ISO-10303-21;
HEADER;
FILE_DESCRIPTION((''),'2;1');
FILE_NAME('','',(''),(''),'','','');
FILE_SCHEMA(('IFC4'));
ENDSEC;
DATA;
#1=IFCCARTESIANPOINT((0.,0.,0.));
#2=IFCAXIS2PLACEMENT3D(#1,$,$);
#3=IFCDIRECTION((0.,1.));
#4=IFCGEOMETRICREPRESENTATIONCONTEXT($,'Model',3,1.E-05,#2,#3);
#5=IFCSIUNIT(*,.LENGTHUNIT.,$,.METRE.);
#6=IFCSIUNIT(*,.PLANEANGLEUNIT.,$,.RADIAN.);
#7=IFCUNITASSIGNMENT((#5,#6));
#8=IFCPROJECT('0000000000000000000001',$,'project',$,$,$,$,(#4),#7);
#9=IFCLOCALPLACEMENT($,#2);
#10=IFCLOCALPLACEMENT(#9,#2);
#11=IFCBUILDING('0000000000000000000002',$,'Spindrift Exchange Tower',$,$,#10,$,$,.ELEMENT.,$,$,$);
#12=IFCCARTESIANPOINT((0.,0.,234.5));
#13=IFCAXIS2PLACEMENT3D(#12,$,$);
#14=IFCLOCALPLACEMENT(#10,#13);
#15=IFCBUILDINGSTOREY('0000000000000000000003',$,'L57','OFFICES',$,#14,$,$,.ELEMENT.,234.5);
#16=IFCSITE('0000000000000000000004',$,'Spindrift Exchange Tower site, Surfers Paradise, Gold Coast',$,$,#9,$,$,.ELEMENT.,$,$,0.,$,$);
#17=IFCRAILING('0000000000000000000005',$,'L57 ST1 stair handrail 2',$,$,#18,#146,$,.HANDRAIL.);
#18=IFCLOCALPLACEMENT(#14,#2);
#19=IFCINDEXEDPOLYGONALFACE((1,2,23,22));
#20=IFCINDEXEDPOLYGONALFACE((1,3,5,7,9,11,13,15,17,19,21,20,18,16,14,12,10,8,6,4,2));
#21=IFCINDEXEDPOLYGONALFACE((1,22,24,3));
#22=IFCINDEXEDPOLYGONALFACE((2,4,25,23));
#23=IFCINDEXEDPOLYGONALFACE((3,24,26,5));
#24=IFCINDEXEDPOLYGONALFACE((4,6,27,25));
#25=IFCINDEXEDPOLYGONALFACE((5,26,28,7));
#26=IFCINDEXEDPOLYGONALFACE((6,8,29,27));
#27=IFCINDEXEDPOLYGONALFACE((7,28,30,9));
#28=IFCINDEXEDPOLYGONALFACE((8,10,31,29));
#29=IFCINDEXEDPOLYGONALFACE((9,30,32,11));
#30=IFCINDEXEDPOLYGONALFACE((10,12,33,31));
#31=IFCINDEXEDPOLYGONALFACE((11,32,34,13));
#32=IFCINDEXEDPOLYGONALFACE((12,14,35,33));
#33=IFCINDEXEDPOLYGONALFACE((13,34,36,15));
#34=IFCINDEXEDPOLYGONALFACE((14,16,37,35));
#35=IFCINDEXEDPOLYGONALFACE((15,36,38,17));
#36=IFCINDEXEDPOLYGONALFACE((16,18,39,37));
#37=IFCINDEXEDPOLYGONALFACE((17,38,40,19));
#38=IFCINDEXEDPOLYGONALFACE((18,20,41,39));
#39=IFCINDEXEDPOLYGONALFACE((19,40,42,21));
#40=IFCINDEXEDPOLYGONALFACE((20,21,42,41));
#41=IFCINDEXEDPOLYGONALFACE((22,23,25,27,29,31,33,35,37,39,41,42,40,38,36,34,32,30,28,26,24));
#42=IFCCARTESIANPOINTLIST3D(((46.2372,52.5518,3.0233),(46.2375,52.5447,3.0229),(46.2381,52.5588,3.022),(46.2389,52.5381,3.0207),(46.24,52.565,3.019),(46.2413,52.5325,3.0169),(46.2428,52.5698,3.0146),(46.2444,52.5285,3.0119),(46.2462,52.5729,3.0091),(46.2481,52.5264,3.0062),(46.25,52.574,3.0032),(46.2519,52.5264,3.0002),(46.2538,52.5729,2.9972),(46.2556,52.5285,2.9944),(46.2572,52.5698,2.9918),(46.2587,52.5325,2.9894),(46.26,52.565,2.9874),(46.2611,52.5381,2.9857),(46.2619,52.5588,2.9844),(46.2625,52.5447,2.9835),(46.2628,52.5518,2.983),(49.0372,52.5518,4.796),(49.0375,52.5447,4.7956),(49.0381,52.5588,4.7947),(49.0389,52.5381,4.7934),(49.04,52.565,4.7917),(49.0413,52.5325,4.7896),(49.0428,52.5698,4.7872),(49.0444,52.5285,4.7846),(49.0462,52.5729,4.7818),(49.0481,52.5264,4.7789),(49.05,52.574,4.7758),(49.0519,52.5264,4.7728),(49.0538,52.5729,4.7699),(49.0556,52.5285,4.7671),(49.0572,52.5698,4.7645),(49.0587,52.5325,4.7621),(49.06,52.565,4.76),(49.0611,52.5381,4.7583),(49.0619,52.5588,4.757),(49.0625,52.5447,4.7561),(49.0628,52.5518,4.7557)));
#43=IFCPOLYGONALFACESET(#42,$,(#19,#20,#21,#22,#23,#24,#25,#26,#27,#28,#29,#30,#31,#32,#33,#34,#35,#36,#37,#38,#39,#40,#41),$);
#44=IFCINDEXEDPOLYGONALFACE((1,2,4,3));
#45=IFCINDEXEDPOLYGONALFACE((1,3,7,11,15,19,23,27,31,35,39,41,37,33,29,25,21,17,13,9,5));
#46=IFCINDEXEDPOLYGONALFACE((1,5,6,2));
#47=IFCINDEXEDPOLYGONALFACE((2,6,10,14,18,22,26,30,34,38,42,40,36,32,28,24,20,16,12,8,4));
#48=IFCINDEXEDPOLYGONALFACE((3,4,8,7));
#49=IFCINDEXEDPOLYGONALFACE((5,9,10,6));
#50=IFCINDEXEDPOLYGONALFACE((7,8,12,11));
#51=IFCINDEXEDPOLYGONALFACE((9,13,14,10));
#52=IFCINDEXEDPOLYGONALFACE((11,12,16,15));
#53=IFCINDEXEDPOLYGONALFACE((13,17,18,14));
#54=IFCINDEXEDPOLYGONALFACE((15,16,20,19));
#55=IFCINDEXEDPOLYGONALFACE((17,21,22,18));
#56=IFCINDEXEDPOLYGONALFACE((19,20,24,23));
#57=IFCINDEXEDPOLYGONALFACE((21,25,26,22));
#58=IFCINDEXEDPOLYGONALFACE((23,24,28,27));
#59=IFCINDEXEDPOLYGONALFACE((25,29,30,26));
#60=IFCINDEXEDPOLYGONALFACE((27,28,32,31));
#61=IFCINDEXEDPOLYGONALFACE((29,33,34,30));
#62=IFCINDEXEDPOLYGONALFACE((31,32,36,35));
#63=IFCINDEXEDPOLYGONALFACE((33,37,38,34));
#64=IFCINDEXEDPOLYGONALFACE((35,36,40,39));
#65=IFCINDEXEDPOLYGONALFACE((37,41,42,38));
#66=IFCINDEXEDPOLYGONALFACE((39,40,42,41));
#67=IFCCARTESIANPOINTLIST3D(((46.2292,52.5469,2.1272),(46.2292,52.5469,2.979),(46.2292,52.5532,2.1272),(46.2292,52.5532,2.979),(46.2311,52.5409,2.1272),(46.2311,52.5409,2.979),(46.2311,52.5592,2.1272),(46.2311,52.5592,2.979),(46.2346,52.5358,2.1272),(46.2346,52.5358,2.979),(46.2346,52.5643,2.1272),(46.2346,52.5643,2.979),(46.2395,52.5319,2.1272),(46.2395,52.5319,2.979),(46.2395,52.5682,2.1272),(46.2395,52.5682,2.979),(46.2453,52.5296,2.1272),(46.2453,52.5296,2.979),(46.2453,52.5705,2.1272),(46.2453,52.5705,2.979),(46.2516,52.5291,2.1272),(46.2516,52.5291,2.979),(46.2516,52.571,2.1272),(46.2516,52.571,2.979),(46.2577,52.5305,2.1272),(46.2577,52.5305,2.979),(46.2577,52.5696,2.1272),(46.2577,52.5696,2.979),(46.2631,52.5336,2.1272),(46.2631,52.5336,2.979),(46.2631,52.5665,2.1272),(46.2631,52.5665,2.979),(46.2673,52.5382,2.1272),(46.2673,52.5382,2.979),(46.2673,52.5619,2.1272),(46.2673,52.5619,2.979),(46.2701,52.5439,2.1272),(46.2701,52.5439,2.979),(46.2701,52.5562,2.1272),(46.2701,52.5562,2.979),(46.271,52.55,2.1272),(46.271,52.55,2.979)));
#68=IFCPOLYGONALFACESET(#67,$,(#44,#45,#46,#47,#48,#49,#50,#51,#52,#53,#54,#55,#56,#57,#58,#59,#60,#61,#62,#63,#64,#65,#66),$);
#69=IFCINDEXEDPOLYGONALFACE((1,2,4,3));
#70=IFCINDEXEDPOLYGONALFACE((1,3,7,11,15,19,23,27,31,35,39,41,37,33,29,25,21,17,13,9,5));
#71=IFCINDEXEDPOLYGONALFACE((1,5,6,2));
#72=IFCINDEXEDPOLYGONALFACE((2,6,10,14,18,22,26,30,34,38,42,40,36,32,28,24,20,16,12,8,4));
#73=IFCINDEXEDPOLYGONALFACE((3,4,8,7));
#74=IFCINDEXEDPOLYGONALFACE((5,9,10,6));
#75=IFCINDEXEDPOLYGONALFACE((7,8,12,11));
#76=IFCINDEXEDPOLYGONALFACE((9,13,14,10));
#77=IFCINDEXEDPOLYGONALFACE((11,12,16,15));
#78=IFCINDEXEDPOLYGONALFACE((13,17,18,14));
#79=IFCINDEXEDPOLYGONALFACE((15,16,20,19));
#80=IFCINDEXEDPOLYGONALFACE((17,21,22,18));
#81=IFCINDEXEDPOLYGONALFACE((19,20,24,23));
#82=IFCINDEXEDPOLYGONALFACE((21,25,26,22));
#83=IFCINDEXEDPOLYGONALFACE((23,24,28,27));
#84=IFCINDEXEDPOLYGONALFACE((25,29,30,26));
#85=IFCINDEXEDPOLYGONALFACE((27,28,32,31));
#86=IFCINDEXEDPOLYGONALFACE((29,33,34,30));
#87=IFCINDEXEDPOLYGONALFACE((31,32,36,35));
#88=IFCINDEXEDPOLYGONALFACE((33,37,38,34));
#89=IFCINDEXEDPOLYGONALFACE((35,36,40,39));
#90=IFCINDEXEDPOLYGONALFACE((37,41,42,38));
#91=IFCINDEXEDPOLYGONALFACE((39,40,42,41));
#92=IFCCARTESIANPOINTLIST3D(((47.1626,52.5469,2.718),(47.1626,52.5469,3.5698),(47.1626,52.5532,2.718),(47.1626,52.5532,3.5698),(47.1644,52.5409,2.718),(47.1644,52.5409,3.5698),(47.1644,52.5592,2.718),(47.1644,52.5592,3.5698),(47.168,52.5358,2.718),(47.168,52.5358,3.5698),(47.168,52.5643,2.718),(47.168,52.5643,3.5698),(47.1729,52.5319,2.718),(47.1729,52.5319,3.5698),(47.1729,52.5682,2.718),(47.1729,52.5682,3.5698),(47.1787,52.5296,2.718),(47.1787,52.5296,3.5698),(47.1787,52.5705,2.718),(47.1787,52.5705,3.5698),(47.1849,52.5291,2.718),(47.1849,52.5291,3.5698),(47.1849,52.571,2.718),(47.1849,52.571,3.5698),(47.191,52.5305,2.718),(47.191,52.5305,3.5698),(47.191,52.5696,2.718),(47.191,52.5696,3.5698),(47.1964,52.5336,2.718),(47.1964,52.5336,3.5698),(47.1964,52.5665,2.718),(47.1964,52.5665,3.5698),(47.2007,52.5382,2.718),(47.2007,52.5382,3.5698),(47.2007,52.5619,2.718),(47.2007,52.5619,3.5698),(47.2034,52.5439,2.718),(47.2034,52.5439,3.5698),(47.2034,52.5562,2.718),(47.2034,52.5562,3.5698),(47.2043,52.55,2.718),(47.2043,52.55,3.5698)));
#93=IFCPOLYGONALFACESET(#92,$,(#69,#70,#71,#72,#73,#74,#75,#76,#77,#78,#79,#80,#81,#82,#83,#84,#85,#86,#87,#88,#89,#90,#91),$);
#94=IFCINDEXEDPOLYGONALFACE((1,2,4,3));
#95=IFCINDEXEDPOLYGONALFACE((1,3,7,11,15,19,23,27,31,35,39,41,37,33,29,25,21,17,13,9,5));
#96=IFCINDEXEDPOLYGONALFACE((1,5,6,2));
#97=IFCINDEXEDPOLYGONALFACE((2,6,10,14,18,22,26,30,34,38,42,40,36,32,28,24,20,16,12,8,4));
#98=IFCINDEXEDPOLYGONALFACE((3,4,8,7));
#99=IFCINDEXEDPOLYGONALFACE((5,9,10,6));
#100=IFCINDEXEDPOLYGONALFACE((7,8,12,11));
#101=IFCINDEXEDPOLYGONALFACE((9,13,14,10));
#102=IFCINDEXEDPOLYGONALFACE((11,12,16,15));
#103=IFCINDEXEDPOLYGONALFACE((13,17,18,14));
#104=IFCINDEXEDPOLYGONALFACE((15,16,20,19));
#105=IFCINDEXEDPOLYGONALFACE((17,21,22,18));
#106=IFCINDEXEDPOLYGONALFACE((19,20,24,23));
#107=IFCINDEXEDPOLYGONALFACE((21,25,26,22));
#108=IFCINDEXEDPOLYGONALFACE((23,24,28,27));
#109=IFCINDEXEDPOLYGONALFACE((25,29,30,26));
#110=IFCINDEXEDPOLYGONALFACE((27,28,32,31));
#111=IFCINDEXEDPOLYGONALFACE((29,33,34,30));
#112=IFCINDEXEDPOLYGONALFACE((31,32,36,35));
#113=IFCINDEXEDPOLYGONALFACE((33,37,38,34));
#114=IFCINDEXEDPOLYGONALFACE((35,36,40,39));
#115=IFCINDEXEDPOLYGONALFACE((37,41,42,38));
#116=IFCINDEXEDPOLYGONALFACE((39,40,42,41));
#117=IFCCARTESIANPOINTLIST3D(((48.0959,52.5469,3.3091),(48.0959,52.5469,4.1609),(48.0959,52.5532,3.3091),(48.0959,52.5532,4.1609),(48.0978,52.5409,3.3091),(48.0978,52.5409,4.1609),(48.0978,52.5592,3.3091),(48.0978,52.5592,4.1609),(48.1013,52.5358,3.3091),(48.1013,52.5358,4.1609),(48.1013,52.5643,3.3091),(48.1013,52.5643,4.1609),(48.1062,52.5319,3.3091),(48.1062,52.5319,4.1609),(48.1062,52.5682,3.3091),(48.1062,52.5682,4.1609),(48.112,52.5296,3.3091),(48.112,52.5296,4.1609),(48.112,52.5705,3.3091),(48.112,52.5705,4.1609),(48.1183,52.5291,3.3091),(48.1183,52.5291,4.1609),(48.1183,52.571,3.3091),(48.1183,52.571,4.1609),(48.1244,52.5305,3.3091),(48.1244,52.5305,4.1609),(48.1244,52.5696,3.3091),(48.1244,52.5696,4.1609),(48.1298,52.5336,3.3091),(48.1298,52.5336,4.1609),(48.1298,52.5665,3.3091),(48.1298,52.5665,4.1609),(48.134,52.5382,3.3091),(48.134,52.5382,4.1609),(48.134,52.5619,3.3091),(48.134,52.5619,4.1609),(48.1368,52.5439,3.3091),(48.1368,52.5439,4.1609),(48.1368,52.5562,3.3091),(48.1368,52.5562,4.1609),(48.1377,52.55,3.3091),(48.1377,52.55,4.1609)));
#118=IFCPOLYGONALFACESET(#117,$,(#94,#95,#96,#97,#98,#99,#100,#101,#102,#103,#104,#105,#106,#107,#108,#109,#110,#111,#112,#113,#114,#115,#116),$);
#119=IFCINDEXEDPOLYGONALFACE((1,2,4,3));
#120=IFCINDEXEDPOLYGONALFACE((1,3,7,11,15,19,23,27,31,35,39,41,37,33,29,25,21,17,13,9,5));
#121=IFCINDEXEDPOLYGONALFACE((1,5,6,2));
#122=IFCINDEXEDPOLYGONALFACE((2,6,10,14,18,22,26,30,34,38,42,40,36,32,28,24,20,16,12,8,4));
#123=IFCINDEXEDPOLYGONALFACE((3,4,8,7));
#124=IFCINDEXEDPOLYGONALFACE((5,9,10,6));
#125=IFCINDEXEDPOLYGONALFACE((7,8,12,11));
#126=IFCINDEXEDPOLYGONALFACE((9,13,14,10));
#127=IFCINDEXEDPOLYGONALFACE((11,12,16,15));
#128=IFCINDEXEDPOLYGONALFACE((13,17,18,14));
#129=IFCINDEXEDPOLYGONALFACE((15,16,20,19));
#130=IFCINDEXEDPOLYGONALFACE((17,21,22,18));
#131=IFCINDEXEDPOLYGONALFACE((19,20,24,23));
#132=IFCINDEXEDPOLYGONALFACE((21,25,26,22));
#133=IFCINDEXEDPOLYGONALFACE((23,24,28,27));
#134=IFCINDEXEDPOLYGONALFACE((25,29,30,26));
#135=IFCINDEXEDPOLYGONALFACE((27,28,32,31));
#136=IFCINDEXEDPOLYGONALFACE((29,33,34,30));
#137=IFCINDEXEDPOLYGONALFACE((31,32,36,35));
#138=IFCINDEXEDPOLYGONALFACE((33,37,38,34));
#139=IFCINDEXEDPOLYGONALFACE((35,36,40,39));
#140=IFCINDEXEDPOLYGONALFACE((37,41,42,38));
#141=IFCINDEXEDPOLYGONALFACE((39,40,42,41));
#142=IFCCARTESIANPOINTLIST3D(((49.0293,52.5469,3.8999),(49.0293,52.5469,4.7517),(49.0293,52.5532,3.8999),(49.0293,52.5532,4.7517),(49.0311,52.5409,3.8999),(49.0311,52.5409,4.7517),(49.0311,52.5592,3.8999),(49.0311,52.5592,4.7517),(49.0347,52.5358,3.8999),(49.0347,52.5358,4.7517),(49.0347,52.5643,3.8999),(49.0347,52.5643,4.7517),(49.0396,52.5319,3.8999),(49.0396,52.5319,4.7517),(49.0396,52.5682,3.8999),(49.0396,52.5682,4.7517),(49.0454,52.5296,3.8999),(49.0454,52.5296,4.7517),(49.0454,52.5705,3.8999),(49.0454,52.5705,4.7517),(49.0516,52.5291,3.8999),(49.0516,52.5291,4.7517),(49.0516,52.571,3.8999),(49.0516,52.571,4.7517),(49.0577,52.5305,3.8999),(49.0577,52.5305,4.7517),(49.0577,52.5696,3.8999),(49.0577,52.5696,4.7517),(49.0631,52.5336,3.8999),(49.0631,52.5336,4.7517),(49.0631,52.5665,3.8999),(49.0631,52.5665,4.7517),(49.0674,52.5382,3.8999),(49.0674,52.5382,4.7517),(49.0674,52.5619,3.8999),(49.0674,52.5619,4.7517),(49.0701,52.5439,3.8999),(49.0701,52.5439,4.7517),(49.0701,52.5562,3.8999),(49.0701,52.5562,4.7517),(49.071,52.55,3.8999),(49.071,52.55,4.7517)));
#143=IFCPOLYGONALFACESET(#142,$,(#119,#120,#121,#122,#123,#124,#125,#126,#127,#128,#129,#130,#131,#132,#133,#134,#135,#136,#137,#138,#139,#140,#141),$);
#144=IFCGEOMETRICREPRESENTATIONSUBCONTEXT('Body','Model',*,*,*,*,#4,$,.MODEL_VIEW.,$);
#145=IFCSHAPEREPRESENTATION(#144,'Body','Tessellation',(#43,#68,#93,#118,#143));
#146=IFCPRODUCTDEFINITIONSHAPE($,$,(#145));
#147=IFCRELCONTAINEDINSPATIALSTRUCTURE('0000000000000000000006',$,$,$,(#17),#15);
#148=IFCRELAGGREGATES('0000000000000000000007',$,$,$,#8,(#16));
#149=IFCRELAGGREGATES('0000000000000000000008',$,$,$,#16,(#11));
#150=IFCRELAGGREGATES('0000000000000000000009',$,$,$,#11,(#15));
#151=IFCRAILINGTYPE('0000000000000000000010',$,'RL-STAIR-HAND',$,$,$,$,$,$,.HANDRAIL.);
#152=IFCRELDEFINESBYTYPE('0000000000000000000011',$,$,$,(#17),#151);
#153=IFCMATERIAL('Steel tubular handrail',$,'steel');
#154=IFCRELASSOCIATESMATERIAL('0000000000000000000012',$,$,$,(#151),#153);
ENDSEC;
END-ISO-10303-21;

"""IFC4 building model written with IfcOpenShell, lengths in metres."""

from ifc_helpers import new_model, si_unit, direction, frame, origin, origin_2d, place, context, subcontext, project, spatial, circle, extrude, material, type_object, element, save


model = new_model("IFC4")

# Units and contexts
model_context = context("Model", 3, precision=1e-05, world=origin(), true_north=direction((0.0, 1.0)))
body_context = subcontext(model_context, "Body", "Model", "MODEL_VIEW")
ifc_project = project(units=[si_unit("LENGTHUNIT", "METRE"), si_unit("PLANEANGLEUNIT", "RADIAN")], contexts=[model_context])

# Site, building, storey
site_placement = place(None, origin())
site = spatial("IfcSite", under=ifc_project, at=site_placement, Name="Spindrift Exchange Tower site, Surfers Paradise, Gold Coast", CompositionType="ELEMENT", RefElevation=0.0)
building_placement = place(site_placement, origin())
building = spatial("IfcBuilding", under=site, at=building_placement, Name="Spindrift Exchange Tower", CompositionType="ELEMENT")
storey_placement = place(building_placement, frame((0.0, 0.0, 234.5)))
storey = spatial("IfcBuildingStorey", under=building, at=storey_placement, Name="L57", Description="OFFICES", CompositionType="ELEMENT", Elevation=234.5)

# Railing
ifc_material_1 = material(Name="Steel tubular handrail", Category="steel")
railing_type_1 = type_object("IfcRailingType", Name="RL-STAIR-HAND", PredefinedType="HANDRAIL", material=ifc_material_1)
railing_1_placement = place(storey_placement, frame((46.25, 52.55, 2.1272)))
element("IfcRailing", 1, at=railing_1_placement, inside=storey, type_object=railing_type_1, Name="L57 ST1 stair handrail 2", PredefinedType="HANDRAIL", context=body_context, shape_type="SweptSolid", body=[
    extrude(circle(Radius=0.0239, at=origin_2d()), frame((0.0, 0.0, 0.876), z_axis=(0.844909, 0.0, 0.53491), x_axis=(0.0, 1.0, 0.0)), (0.0, 0.0, 1.0), 3.314),
    extrude(circle(Radius=0.021, at=origin_2d()), origin(), (0.0, 0.0, 1.0), 0.8518),
    extrude(circle(Radius=0.021, at=origin_2d()), frame((0.9333, 0.0, 0.5908)), (0.0, 0.0, 1.0), 0.8518),
    extrude(circle(Radius=0.021, at=origin_2d()), frame((1.8667, 0.0, 1.1819)), (0.0, 0.0, 1.0), 0.8518),
    extrude(circle(Radius=0.021, at=origin_2d()), frame((2.8, 0.0, 1.7727)), (0.0, 0.0, 1.0), 0.8518),
])

save(model, "model.ifc")
